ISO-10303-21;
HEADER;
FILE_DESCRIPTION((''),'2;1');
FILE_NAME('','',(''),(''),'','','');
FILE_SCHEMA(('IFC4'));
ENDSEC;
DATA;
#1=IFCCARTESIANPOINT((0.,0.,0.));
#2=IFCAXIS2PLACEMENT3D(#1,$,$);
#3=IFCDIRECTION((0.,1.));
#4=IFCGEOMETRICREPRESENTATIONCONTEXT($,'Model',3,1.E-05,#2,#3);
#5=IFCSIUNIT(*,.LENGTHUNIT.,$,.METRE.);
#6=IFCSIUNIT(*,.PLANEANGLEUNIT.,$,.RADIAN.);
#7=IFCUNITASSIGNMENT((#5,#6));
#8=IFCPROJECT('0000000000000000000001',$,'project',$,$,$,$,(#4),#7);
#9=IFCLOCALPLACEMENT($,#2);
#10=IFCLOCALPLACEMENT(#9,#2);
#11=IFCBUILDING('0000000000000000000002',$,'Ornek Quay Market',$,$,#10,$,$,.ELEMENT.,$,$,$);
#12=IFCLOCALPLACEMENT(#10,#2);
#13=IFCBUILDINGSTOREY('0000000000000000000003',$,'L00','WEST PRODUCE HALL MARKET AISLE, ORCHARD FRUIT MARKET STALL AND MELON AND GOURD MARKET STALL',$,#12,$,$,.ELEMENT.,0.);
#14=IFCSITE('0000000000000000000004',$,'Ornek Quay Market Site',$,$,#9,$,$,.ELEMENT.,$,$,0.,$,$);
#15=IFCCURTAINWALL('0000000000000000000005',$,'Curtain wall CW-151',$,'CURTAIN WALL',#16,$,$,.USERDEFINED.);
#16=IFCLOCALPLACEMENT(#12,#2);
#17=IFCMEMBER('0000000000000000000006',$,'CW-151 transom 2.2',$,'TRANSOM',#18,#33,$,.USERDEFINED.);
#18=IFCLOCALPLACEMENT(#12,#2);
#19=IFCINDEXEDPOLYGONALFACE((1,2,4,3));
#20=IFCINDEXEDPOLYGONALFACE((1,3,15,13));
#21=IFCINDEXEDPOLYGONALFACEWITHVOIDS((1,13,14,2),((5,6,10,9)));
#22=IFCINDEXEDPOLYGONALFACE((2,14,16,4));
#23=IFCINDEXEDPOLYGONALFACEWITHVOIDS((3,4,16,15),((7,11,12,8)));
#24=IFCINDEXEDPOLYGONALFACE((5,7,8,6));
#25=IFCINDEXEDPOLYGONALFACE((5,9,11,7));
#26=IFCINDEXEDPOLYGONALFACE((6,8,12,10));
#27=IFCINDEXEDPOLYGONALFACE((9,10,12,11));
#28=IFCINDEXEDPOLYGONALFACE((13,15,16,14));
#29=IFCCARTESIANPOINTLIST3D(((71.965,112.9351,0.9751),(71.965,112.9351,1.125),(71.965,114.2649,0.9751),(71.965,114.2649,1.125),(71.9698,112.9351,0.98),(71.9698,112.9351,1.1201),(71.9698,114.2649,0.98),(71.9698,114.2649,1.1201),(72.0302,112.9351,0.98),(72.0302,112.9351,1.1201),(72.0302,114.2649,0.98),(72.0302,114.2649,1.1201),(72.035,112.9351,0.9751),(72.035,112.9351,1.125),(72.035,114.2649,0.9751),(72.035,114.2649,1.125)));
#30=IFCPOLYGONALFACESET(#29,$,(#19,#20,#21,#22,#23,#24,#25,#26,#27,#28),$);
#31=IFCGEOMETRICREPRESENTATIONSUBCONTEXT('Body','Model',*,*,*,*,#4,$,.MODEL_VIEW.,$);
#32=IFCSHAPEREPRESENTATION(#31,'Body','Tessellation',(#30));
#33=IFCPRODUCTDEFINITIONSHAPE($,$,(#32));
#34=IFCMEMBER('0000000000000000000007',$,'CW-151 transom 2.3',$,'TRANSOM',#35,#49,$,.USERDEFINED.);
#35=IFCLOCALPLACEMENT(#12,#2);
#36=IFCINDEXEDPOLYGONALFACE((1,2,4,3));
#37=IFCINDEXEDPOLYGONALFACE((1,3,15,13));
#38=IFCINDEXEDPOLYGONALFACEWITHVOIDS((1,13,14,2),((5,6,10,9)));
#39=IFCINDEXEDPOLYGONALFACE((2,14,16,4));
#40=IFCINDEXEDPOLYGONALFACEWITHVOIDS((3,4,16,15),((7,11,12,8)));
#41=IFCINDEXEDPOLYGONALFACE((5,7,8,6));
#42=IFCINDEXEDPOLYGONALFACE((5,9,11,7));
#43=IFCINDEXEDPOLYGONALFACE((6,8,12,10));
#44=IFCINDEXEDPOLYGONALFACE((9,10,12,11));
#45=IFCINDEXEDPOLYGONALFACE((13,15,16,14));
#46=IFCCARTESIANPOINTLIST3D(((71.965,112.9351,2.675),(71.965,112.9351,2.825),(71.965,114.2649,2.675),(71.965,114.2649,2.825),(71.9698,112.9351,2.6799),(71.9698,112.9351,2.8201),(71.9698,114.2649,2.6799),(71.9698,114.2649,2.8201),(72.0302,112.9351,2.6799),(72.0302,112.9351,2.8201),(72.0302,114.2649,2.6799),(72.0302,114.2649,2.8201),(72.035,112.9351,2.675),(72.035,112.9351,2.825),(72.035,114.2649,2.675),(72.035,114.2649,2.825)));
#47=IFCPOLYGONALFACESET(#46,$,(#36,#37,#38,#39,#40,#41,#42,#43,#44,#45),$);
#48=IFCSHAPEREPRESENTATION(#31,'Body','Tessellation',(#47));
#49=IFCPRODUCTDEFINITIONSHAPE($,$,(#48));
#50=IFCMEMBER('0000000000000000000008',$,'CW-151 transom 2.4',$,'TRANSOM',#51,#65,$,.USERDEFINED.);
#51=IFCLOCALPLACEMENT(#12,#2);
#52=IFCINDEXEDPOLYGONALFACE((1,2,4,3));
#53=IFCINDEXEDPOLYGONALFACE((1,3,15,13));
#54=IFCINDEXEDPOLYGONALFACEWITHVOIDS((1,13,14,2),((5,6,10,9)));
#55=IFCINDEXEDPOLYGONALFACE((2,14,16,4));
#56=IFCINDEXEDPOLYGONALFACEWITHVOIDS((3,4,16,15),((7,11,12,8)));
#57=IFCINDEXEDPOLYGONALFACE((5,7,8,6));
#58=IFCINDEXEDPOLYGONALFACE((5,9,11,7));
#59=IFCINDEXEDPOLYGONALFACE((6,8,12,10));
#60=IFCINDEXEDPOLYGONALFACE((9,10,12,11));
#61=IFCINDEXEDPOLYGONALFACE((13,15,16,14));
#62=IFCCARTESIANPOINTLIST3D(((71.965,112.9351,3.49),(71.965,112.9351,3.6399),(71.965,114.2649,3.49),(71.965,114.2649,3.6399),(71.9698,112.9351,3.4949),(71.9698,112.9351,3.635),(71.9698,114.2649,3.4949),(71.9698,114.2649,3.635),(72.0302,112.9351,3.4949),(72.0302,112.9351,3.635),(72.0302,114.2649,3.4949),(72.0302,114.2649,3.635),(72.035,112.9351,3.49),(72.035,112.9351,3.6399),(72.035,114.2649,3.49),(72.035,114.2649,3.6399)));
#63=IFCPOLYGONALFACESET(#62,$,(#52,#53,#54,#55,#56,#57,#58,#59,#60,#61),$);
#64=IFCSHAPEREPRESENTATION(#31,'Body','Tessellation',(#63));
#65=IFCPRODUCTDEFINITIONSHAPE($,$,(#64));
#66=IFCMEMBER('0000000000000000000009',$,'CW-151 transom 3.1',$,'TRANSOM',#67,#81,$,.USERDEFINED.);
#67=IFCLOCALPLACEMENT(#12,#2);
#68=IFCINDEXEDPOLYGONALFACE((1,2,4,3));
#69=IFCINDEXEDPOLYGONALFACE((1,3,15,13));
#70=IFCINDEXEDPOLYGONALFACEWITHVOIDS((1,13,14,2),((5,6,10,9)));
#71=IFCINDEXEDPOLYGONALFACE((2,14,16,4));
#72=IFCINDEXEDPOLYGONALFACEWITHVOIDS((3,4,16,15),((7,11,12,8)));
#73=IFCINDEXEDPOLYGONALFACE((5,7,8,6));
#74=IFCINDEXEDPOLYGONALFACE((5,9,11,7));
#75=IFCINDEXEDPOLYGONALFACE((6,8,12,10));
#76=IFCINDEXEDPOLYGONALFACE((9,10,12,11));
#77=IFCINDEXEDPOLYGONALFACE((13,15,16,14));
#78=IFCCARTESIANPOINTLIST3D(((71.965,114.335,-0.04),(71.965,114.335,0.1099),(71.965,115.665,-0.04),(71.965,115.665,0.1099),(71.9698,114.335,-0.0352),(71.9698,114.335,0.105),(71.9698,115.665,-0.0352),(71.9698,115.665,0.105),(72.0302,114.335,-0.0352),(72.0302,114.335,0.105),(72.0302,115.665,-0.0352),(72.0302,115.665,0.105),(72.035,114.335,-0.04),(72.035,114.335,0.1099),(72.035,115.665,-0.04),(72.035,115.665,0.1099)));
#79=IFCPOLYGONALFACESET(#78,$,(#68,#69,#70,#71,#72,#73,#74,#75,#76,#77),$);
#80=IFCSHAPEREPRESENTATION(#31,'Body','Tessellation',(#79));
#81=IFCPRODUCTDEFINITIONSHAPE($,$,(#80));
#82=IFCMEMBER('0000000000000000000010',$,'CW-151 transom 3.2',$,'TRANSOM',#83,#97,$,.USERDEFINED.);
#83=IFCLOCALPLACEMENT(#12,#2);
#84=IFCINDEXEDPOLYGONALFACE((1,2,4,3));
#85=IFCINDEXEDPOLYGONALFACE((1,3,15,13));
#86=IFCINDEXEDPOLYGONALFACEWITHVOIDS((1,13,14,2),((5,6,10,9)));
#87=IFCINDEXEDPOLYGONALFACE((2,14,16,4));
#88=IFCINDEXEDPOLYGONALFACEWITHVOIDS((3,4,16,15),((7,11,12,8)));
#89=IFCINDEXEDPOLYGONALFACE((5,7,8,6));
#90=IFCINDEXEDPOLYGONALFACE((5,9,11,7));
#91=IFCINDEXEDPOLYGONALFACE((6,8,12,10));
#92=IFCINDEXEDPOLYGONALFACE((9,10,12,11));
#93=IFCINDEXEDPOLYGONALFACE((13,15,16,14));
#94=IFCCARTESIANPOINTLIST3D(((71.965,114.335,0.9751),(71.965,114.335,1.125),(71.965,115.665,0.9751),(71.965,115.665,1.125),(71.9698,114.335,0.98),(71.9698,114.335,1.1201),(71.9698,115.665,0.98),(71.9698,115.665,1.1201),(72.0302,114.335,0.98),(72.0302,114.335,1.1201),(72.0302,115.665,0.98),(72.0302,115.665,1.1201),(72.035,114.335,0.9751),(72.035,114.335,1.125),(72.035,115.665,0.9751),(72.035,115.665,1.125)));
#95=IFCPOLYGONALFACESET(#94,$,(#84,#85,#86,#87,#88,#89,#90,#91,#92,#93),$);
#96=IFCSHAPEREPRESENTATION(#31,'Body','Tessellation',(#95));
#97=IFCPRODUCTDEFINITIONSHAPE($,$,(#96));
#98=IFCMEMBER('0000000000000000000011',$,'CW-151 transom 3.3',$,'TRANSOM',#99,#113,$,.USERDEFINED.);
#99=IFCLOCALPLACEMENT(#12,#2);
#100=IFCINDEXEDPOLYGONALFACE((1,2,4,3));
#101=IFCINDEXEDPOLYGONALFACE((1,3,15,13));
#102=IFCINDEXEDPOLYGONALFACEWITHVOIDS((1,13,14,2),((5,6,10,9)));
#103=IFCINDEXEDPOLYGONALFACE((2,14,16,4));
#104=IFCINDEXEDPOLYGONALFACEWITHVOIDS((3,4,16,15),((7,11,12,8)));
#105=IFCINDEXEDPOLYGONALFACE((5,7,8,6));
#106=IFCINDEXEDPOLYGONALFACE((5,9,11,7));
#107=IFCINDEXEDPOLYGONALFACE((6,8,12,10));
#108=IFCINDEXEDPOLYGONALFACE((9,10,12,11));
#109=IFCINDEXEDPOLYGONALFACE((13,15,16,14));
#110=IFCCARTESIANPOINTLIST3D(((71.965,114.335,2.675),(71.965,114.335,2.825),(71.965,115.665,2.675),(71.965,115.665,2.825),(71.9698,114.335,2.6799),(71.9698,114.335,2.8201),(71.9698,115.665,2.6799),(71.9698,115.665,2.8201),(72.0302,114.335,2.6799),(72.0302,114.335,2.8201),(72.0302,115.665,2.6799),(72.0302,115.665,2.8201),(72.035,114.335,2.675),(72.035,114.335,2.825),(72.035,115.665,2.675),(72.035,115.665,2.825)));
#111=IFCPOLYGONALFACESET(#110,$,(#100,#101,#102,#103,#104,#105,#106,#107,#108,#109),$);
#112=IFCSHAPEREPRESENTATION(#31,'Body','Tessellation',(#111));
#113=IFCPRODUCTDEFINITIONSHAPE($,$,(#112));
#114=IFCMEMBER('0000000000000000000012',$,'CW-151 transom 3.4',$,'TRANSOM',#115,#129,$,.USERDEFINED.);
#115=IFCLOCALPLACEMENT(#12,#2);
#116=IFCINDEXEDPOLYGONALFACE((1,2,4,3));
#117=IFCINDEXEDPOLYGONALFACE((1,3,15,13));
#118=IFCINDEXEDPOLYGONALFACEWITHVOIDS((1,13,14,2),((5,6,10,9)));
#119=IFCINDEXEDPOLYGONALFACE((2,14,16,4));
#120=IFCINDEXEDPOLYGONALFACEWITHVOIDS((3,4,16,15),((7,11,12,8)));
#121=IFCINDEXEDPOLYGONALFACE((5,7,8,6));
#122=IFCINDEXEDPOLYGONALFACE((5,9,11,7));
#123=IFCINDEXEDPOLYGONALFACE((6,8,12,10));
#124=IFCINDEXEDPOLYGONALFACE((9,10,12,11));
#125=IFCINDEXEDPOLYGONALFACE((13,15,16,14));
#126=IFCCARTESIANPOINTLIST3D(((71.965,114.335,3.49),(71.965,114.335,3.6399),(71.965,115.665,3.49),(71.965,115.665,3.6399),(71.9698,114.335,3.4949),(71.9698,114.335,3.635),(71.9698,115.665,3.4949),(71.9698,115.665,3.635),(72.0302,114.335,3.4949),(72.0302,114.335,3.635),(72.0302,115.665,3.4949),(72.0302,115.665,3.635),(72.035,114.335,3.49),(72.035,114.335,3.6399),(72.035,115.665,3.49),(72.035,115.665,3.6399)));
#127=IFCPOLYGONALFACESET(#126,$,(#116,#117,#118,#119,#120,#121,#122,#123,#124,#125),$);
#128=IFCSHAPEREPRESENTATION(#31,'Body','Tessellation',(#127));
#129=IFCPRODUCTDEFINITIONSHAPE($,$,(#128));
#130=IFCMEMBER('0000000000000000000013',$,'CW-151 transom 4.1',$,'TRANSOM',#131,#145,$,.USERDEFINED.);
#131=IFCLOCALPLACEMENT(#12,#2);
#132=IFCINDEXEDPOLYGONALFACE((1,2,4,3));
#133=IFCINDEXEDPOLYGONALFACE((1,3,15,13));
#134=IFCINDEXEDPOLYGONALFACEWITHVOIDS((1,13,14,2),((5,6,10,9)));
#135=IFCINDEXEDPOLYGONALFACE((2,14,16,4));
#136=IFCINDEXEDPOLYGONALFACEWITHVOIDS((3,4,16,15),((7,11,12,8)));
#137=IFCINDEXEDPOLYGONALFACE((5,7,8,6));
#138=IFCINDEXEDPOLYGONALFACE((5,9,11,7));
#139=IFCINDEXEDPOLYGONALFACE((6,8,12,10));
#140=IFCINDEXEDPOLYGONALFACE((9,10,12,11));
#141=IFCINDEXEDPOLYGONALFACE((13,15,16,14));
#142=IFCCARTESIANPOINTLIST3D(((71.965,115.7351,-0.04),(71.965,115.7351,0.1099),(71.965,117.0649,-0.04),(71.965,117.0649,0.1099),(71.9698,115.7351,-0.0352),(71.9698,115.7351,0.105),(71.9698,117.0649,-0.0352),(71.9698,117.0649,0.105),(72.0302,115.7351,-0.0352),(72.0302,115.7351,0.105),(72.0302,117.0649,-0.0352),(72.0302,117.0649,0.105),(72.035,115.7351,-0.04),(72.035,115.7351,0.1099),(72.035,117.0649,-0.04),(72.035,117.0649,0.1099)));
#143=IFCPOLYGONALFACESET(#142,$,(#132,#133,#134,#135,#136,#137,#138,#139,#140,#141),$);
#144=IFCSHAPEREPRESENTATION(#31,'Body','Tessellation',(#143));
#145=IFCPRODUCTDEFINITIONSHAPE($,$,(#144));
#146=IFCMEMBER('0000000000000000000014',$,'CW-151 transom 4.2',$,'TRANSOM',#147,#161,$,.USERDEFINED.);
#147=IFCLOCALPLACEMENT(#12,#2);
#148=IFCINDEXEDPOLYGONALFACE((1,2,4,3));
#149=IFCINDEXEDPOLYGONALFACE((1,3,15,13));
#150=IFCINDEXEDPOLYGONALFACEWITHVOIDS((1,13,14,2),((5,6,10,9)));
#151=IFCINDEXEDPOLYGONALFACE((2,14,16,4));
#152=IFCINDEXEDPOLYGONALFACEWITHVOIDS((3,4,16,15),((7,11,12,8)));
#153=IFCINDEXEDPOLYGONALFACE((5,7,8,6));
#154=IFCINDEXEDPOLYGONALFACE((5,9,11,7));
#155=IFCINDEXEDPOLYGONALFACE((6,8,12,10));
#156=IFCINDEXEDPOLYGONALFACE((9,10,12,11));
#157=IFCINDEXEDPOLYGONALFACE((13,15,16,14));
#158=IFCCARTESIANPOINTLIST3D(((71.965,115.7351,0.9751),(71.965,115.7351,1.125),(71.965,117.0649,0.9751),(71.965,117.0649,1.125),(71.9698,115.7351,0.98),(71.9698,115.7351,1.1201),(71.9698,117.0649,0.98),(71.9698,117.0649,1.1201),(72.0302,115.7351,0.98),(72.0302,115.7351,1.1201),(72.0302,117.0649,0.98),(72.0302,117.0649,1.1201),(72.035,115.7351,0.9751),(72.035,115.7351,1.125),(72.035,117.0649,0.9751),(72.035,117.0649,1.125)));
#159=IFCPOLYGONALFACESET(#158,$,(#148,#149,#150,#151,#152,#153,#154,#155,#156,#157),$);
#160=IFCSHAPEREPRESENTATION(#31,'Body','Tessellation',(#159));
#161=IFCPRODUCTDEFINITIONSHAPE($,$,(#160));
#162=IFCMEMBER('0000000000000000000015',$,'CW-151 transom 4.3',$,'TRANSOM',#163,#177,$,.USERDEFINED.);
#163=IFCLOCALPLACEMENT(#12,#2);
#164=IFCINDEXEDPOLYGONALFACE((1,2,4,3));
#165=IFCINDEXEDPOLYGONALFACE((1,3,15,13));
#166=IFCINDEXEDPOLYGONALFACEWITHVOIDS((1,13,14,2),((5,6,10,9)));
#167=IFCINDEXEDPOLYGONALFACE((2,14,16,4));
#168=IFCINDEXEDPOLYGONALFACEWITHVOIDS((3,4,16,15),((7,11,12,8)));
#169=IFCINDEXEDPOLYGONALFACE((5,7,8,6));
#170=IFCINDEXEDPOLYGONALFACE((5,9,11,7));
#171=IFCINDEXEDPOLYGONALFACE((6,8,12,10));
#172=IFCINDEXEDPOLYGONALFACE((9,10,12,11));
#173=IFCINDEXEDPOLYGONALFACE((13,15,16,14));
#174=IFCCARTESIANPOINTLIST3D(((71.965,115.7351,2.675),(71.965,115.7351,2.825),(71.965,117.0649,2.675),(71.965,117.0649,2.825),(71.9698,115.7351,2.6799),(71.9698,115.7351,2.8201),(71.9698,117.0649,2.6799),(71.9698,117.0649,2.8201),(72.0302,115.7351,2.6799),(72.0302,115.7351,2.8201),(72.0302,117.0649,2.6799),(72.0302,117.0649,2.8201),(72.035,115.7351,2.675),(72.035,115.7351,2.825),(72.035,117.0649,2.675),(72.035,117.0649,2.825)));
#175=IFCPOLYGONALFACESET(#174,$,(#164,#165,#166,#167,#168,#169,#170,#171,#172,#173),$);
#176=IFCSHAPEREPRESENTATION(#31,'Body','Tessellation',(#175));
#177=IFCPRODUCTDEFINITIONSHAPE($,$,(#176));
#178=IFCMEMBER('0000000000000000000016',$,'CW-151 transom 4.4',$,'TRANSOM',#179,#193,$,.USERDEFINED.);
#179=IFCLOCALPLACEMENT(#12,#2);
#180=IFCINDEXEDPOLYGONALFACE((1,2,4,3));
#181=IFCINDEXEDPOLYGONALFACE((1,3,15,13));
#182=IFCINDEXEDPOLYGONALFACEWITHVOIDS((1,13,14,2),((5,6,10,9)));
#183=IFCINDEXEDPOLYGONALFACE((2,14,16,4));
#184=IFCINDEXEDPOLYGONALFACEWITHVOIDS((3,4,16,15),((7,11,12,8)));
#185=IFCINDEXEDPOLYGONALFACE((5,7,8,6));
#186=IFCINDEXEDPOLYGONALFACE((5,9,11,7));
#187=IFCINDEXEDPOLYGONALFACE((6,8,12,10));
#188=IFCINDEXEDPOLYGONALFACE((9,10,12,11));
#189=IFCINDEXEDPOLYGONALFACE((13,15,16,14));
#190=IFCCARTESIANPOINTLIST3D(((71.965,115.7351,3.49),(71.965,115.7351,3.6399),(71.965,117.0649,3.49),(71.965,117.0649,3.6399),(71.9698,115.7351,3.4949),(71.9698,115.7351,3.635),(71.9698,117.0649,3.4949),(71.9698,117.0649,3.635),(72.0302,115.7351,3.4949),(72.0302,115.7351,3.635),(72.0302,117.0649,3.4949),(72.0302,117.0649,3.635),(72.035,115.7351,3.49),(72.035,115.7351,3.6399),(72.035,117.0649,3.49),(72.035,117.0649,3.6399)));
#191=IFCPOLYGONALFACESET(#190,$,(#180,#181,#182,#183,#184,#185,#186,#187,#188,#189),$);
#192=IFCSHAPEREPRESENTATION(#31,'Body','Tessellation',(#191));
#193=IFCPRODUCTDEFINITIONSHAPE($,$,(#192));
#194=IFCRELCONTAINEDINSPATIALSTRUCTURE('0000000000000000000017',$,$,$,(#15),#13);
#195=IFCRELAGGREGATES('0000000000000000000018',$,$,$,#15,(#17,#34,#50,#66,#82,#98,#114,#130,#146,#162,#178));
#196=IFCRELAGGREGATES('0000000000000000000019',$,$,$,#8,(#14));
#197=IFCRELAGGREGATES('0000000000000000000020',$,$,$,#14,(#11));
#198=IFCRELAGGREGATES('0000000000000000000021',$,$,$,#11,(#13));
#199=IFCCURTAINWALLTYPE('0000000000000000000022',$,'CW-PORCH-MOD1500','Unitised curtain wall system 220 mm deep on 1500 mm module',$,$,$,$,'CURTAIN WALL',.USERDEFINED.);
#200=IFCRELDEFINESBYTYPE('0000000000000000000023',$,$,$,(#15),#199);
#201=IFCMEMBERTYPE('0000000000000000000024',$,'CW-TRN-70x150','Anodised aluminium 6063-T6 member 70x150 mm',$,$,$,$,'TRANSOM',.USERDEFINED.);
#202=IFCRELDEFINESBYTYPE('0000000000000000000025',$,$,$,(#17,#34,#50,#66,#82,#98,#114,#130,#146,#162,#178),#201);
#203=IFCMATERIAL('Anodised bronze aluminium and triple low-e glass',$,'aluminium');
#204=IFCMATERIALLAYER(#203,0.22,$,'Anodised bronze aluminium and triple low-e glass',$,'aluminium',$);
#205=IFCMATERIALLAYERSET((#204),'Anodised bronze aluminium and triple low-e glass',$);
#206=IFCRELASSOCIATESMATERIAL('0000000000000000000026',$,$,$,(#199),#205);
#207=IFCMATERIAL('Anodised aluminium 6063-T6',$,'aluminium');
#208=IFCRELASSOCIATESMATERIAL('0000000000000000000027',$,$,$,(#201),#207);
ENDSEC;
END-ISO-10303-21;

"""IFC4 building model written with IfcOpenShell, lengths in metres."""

from ifc_helpers import new_model, si_unit, direction, frame, origin, origin_2d, place, context, subcontext, project, spatial, hollow_rectangle, extrude, material, layer, layer_set, material_profile, profile_set, type_object, element, aggregate, save


model = new_model("IFC4")

# Units and contexts
model_context = context("Model", 3, precision=1e-05, world=origin(), true_north=direction((0.0, 1.0)))
body_context = subcontext(model_context, "Body", "Model", "MODEL_VIEW")
ifc_project = project(units=[si_unit("LENGTHUNIT", "METRE"), si_unit("PLANEANGLEUNIT", "RADIAN")], contexts=[model_context])

# Site, building, storey
site_placement = place(None, origin())
site = spatial("IfcSite", under=ifc_project, at=site_placement, Name="Ornek Quay Market Site", CompositionType="ELEMENT", RefElevation=0.0)
building_placement = place(site_placement, origin())
building = spatial("IfcBuilding", under=site, at=building_placement, Name="Ornek Quay Market", CompositionType="ELEMENT")
storey_placement = place(building_placement, origin())
storey = spatial("IfcBuildingStorey", under=building, at=storey_placement, Name="L00", Description="WEST PRODUCE HALL MARKET AISLE, ORCHARD FRUIT MARKET STALL AND MELON AND GOURD MARKET STALL", CompositionType="ELEMENT", Elevation=0.0)

# Curtain wall, members
ifc_material_1 = material(Name="Anodised bronze aluminium and triple low-e glass", Category="aluminium")
ifc_layer_1 = layer(ifc_material_1, 0.22, Name="Anodised bronze aluminium and triple low-e glass", Category="aluminium")
ifc_layer_set_1 = layer_set([ifc_layer_1], Name="Anodised bronze aluminium and triple low-e glass")
curtain_wall_type = type_object("IfcCurtainWallType", Name="CW-PORCH-MOD1500", Description="Unitised curtain wall system 220 mm deep on 1500 mm module", ElementType="CURTAIN WALL", PredefinedType="USERDEFINED", material=ifc_layer_set_1)
curtain_wall_placement = place(storey_placement, origin())
curtain_wall = element("IfcCurtainWall", 1, at=curtain_wall_placement, inside=storey, type_object=curtain_wall_type, Name="Curtain wall CW-151", ObjectType="CURTAIN WALL", PredefinedType="USERDEFINED")
ifc_material_2 = material(Name="Anodised aluminium 6063-T6", Category="aluminium")
ifc_material_profile_1 = material_profile(ifc_material_2, hollow_rectangle(XDim=0.0701, YDim=0.1499, WallThickness=0.0049, at=origin_2d()), Name="CW-TRN-70x150", Category="aluminium")
ifc_profile_set_1 = profile_set([ifc_material_profile_1], Name="Anodised aluminium 6063-T6")
member_type_1 = type_object("IfcMemberType", Name="CW-TRN-70x150", Description="Anodised aluminium 6063-T6 member 70x150 mm", ElementType="TRANSOM", PredefinedType="USERDEFINED", material=ifc_profile_set_1)
member_1_placement = place(storey_placement, frame((72.0, 112.9351, 1.05), z_axis=(0.0, 1.0, 0.0), x_axis=(-1.0, 0.0, 0.0)))
member_1 = element("IfcMember", 2, at=member_1_placement, type_object=member_type_1, Name="CW-151 transom 2.2", ObjectType="TRANSOM", PredefinedType="USERDEFINED", context=body_context, shape_type="SweptSolid", body=[
    extrude(hollow_rectangle(XDim=0.0701, YDim=0.1499, WallThickness=0.0049, at=origin_2d()), origin(), (0.0, 0.0, 1.0), 1.3298),
])
member_2_placement = place(storey_placement, frame((72.0, 112.9351, 2.75), z_axis=(0.0, 1.0, 0.0), x_axis=(-1.0, 0.0, 0.0)))
member_2 = element("IfcMember", 3, at=member_2_placement, type_object=member_type_1, Name="CW-151 transom 2.3", ObjectType="TRANSOM", PredefinedType="USERDEFINED", context=body_context, shape_type="SweptSolid", body=[
    extrude(hollow_rectangle(XDim=0.0701, YDim=0.1499, WallThickness=0.0049, at=origin_2d()), origin(), (0.0, 0.0, 1.0), 1.3298),
])
member_3_placement = place(storey_placement, frame((72.0, 112.9351, 3.5649), z_axis=(0.0, 1.0, 0.0), x_axis=(-1.0, 0.0, 0.0)))
member_3 = element("IfcMember", 4, at=member_3_placement, type_object=member_type_1, Name="CW-151 transom 2.4", ObjectType="TRANSOM", PredefinedType="USERDEFINED", context=body_context, shape_type="SweptSolid", body=[
    extrude(hollow_rectangle(XDim=0.0701, YDim=0.1499, WallThickness=0.0049, at=origin_2d()), origin(), (0.0, 0.0, 1.0), 1.3298),
])
member_4_placement = place(storey_placement, frame((72.0, 114.335, 0.0349), z_axis=(0.0, 1.0, 0.0), x_axis=(-1.0, 0.0, 0.0)))
member_4 = element("IfcMember", 5, at=member_4_placement, type_object=member_type_1, Name="CW-151 transom 3.1", ObjectType="TRANSOM", PredefinedType="USERDEFINED", context=body_context, shape_type="SweptSolid", body=[
    extrude(hollow_rectangle(XDim=0.0701, YDim=0.1499, WallThickness=0.0049, at=origin_2d()), origin(), (0.0, 0.0, 1.0), 1.3301),
])
member_5_placement = place(storey_placement, frame((72.0, 114.335, 1.05), z_axis=(0.0, 1.0, 0.0), x_axis=(-1.0, 0.0, 0.0)))
member_5 = element("IfcMember", 6, at=member_5_placement, type_object=member_type_1, Name="CW-151 transom 3.2", ObjectType="TRANSOM", PredefinedType="USERDEFINED", context=body_context, shape_type="SweptSolid", body=[
    extrude(hollow_rectangle(XDim=0.0701, YDim=0.1499, WallThickness=0.0049, at=origin_2d()), origin(), (0.0, 0.0, 1.0), 1.3301),
])
member_6_placement = place(storey_placement, frame((72.0, 114.335, 2.75), z_axis=(0.0, 1.0, 0.0), x_axis=(-1.0, 0.0, 0.0)))
member_6 = element("IfcMember", 7, at=member_6_placement, type_object=member_type_1, Name="CW-151 transom 3.3", ObjectType="TRANSOM", PredefinedType="USERDEFINED", context=body_context, shape_type="SweptSolid", body=[
    extrude(hollow_rectangle(XDim=0.0701, YDim=0.1499, WallThickness=0.0049, at=origin_2d()), origin(), (0.0, 0.0, 1.0), 1.3301),
])
member_7_placement = place(storey_placement, frame((72.0, 114.335, 3.5649), z_axis=(0.0, 1.0, 0.0), x_axis=(-1.0, 0.0, 0.0)))
member_7 = element("IfcMember", 8, at=member_7_placement, type_object=member_type_1, Name="CW-151 transom 3.4", ObjectType="TRANSOM", PredefinedType="USERDEFINED", context=body_context, shape_type="SweptSolid", body=[
    extrude(hollow_rectangle(XDim=0.0701, YDim=0.1499, WallThickness=0.0049, at=origin_2d()), origin(), (0.0, 0.0, 1.0), 1.3301),
])
member_8_placement = place(storey_placement, frame((72.0, 115.7351, 0.0349), z_axis=(0.0, 1.0, 0.0), x_axis=(-1.0, 0.0, 0.0)))
member_8 = element("IfcMember", 9, at=member_8_placement, type_object=member_type_1, Name="CW-151 transom 4.1", ObjectType="TRANSOM", PredefinedType="USERDEFINED", context=body_context, shape_type="SweptSolid", body=[
    extrude(hollow_rectangle(XDim=0.0701, YDim=0.1499, WallThickness=0.0049, at=origin_2d()), origin(), (0.0, 0.0, 1.0), 1.3298),
])
member_9_placement = place(storey_placement, frame((72.0, 115.7351, 1.05), z_axis=(0.0, 1.0, 0.0), x_axis=(-1.0, 0.0, 0.0)))
member_9 = element("IfcMember", 10, at=member_9_placement, type_object=member_type_1, Name="CW-151 transom 4.2", ObjectType="TRANSOM", PredefinedType="USERDEFINED", context=body_context, shape_type="SweptSolid", body=[
    extrude(hollow_rectangle(XDim=0.0701, YDim=0.1499, WallThickness=0.0049, at=origin_2d()), origin(), (0.0, 0.0, 1.0), 1.3298),
])
member_10_placement = place(storey_placement, frame((72.0, 115.7351, 2.75), z_axis=(0.0, 1.0, 0.0), x_axis=(-1.0, 0.0, 0.0)))
member_10 = element("IfcMember", 11, at=member_10_placement, type_object=member_type_1, Name="CW-151 transom 4.3", ObjectType="TRANSOM", PredefinedType="USERDEFINED", context=body_context, shape_type="SweptSolid", body=[
    extrude(hollow_rectangle(XDim=0.0701, YDim=0.1499, WallThickness=0.0049, at=origin_2d()), origin(), (0.0, 0.0, 1.0), 1.3298),
])
member_11_placement = place(storey_placement, frame((72.0, 115.7351, 3.5649), z_axis=(0.0, 1.0, 0.0), x_axis=(-1.0, 0.0, 0.0)))
member_11 = element("IfcMember", 12, at=member_11_placement, type_object=member_type_1, Name="CW-151 transom 4.4", ObjectType="TRANSOM", PredefinedType="USERDEFINED", context=body_context, shape_type="SweptSolid", body=[
    extrude(hollow_rectangle(XDim=0.0701, YDim=0.1499, WallThickness=0.0049, at=origin_2d()), origin(), (0.0, 0.0, 1.0), 1.3298),
])
aggregate(curtain_wall, [member_1, member_2, member_3, member_4, member_5, member_6, member_7, member_8, member_9, member_10, member_11])

save(model, "model.ifc")
